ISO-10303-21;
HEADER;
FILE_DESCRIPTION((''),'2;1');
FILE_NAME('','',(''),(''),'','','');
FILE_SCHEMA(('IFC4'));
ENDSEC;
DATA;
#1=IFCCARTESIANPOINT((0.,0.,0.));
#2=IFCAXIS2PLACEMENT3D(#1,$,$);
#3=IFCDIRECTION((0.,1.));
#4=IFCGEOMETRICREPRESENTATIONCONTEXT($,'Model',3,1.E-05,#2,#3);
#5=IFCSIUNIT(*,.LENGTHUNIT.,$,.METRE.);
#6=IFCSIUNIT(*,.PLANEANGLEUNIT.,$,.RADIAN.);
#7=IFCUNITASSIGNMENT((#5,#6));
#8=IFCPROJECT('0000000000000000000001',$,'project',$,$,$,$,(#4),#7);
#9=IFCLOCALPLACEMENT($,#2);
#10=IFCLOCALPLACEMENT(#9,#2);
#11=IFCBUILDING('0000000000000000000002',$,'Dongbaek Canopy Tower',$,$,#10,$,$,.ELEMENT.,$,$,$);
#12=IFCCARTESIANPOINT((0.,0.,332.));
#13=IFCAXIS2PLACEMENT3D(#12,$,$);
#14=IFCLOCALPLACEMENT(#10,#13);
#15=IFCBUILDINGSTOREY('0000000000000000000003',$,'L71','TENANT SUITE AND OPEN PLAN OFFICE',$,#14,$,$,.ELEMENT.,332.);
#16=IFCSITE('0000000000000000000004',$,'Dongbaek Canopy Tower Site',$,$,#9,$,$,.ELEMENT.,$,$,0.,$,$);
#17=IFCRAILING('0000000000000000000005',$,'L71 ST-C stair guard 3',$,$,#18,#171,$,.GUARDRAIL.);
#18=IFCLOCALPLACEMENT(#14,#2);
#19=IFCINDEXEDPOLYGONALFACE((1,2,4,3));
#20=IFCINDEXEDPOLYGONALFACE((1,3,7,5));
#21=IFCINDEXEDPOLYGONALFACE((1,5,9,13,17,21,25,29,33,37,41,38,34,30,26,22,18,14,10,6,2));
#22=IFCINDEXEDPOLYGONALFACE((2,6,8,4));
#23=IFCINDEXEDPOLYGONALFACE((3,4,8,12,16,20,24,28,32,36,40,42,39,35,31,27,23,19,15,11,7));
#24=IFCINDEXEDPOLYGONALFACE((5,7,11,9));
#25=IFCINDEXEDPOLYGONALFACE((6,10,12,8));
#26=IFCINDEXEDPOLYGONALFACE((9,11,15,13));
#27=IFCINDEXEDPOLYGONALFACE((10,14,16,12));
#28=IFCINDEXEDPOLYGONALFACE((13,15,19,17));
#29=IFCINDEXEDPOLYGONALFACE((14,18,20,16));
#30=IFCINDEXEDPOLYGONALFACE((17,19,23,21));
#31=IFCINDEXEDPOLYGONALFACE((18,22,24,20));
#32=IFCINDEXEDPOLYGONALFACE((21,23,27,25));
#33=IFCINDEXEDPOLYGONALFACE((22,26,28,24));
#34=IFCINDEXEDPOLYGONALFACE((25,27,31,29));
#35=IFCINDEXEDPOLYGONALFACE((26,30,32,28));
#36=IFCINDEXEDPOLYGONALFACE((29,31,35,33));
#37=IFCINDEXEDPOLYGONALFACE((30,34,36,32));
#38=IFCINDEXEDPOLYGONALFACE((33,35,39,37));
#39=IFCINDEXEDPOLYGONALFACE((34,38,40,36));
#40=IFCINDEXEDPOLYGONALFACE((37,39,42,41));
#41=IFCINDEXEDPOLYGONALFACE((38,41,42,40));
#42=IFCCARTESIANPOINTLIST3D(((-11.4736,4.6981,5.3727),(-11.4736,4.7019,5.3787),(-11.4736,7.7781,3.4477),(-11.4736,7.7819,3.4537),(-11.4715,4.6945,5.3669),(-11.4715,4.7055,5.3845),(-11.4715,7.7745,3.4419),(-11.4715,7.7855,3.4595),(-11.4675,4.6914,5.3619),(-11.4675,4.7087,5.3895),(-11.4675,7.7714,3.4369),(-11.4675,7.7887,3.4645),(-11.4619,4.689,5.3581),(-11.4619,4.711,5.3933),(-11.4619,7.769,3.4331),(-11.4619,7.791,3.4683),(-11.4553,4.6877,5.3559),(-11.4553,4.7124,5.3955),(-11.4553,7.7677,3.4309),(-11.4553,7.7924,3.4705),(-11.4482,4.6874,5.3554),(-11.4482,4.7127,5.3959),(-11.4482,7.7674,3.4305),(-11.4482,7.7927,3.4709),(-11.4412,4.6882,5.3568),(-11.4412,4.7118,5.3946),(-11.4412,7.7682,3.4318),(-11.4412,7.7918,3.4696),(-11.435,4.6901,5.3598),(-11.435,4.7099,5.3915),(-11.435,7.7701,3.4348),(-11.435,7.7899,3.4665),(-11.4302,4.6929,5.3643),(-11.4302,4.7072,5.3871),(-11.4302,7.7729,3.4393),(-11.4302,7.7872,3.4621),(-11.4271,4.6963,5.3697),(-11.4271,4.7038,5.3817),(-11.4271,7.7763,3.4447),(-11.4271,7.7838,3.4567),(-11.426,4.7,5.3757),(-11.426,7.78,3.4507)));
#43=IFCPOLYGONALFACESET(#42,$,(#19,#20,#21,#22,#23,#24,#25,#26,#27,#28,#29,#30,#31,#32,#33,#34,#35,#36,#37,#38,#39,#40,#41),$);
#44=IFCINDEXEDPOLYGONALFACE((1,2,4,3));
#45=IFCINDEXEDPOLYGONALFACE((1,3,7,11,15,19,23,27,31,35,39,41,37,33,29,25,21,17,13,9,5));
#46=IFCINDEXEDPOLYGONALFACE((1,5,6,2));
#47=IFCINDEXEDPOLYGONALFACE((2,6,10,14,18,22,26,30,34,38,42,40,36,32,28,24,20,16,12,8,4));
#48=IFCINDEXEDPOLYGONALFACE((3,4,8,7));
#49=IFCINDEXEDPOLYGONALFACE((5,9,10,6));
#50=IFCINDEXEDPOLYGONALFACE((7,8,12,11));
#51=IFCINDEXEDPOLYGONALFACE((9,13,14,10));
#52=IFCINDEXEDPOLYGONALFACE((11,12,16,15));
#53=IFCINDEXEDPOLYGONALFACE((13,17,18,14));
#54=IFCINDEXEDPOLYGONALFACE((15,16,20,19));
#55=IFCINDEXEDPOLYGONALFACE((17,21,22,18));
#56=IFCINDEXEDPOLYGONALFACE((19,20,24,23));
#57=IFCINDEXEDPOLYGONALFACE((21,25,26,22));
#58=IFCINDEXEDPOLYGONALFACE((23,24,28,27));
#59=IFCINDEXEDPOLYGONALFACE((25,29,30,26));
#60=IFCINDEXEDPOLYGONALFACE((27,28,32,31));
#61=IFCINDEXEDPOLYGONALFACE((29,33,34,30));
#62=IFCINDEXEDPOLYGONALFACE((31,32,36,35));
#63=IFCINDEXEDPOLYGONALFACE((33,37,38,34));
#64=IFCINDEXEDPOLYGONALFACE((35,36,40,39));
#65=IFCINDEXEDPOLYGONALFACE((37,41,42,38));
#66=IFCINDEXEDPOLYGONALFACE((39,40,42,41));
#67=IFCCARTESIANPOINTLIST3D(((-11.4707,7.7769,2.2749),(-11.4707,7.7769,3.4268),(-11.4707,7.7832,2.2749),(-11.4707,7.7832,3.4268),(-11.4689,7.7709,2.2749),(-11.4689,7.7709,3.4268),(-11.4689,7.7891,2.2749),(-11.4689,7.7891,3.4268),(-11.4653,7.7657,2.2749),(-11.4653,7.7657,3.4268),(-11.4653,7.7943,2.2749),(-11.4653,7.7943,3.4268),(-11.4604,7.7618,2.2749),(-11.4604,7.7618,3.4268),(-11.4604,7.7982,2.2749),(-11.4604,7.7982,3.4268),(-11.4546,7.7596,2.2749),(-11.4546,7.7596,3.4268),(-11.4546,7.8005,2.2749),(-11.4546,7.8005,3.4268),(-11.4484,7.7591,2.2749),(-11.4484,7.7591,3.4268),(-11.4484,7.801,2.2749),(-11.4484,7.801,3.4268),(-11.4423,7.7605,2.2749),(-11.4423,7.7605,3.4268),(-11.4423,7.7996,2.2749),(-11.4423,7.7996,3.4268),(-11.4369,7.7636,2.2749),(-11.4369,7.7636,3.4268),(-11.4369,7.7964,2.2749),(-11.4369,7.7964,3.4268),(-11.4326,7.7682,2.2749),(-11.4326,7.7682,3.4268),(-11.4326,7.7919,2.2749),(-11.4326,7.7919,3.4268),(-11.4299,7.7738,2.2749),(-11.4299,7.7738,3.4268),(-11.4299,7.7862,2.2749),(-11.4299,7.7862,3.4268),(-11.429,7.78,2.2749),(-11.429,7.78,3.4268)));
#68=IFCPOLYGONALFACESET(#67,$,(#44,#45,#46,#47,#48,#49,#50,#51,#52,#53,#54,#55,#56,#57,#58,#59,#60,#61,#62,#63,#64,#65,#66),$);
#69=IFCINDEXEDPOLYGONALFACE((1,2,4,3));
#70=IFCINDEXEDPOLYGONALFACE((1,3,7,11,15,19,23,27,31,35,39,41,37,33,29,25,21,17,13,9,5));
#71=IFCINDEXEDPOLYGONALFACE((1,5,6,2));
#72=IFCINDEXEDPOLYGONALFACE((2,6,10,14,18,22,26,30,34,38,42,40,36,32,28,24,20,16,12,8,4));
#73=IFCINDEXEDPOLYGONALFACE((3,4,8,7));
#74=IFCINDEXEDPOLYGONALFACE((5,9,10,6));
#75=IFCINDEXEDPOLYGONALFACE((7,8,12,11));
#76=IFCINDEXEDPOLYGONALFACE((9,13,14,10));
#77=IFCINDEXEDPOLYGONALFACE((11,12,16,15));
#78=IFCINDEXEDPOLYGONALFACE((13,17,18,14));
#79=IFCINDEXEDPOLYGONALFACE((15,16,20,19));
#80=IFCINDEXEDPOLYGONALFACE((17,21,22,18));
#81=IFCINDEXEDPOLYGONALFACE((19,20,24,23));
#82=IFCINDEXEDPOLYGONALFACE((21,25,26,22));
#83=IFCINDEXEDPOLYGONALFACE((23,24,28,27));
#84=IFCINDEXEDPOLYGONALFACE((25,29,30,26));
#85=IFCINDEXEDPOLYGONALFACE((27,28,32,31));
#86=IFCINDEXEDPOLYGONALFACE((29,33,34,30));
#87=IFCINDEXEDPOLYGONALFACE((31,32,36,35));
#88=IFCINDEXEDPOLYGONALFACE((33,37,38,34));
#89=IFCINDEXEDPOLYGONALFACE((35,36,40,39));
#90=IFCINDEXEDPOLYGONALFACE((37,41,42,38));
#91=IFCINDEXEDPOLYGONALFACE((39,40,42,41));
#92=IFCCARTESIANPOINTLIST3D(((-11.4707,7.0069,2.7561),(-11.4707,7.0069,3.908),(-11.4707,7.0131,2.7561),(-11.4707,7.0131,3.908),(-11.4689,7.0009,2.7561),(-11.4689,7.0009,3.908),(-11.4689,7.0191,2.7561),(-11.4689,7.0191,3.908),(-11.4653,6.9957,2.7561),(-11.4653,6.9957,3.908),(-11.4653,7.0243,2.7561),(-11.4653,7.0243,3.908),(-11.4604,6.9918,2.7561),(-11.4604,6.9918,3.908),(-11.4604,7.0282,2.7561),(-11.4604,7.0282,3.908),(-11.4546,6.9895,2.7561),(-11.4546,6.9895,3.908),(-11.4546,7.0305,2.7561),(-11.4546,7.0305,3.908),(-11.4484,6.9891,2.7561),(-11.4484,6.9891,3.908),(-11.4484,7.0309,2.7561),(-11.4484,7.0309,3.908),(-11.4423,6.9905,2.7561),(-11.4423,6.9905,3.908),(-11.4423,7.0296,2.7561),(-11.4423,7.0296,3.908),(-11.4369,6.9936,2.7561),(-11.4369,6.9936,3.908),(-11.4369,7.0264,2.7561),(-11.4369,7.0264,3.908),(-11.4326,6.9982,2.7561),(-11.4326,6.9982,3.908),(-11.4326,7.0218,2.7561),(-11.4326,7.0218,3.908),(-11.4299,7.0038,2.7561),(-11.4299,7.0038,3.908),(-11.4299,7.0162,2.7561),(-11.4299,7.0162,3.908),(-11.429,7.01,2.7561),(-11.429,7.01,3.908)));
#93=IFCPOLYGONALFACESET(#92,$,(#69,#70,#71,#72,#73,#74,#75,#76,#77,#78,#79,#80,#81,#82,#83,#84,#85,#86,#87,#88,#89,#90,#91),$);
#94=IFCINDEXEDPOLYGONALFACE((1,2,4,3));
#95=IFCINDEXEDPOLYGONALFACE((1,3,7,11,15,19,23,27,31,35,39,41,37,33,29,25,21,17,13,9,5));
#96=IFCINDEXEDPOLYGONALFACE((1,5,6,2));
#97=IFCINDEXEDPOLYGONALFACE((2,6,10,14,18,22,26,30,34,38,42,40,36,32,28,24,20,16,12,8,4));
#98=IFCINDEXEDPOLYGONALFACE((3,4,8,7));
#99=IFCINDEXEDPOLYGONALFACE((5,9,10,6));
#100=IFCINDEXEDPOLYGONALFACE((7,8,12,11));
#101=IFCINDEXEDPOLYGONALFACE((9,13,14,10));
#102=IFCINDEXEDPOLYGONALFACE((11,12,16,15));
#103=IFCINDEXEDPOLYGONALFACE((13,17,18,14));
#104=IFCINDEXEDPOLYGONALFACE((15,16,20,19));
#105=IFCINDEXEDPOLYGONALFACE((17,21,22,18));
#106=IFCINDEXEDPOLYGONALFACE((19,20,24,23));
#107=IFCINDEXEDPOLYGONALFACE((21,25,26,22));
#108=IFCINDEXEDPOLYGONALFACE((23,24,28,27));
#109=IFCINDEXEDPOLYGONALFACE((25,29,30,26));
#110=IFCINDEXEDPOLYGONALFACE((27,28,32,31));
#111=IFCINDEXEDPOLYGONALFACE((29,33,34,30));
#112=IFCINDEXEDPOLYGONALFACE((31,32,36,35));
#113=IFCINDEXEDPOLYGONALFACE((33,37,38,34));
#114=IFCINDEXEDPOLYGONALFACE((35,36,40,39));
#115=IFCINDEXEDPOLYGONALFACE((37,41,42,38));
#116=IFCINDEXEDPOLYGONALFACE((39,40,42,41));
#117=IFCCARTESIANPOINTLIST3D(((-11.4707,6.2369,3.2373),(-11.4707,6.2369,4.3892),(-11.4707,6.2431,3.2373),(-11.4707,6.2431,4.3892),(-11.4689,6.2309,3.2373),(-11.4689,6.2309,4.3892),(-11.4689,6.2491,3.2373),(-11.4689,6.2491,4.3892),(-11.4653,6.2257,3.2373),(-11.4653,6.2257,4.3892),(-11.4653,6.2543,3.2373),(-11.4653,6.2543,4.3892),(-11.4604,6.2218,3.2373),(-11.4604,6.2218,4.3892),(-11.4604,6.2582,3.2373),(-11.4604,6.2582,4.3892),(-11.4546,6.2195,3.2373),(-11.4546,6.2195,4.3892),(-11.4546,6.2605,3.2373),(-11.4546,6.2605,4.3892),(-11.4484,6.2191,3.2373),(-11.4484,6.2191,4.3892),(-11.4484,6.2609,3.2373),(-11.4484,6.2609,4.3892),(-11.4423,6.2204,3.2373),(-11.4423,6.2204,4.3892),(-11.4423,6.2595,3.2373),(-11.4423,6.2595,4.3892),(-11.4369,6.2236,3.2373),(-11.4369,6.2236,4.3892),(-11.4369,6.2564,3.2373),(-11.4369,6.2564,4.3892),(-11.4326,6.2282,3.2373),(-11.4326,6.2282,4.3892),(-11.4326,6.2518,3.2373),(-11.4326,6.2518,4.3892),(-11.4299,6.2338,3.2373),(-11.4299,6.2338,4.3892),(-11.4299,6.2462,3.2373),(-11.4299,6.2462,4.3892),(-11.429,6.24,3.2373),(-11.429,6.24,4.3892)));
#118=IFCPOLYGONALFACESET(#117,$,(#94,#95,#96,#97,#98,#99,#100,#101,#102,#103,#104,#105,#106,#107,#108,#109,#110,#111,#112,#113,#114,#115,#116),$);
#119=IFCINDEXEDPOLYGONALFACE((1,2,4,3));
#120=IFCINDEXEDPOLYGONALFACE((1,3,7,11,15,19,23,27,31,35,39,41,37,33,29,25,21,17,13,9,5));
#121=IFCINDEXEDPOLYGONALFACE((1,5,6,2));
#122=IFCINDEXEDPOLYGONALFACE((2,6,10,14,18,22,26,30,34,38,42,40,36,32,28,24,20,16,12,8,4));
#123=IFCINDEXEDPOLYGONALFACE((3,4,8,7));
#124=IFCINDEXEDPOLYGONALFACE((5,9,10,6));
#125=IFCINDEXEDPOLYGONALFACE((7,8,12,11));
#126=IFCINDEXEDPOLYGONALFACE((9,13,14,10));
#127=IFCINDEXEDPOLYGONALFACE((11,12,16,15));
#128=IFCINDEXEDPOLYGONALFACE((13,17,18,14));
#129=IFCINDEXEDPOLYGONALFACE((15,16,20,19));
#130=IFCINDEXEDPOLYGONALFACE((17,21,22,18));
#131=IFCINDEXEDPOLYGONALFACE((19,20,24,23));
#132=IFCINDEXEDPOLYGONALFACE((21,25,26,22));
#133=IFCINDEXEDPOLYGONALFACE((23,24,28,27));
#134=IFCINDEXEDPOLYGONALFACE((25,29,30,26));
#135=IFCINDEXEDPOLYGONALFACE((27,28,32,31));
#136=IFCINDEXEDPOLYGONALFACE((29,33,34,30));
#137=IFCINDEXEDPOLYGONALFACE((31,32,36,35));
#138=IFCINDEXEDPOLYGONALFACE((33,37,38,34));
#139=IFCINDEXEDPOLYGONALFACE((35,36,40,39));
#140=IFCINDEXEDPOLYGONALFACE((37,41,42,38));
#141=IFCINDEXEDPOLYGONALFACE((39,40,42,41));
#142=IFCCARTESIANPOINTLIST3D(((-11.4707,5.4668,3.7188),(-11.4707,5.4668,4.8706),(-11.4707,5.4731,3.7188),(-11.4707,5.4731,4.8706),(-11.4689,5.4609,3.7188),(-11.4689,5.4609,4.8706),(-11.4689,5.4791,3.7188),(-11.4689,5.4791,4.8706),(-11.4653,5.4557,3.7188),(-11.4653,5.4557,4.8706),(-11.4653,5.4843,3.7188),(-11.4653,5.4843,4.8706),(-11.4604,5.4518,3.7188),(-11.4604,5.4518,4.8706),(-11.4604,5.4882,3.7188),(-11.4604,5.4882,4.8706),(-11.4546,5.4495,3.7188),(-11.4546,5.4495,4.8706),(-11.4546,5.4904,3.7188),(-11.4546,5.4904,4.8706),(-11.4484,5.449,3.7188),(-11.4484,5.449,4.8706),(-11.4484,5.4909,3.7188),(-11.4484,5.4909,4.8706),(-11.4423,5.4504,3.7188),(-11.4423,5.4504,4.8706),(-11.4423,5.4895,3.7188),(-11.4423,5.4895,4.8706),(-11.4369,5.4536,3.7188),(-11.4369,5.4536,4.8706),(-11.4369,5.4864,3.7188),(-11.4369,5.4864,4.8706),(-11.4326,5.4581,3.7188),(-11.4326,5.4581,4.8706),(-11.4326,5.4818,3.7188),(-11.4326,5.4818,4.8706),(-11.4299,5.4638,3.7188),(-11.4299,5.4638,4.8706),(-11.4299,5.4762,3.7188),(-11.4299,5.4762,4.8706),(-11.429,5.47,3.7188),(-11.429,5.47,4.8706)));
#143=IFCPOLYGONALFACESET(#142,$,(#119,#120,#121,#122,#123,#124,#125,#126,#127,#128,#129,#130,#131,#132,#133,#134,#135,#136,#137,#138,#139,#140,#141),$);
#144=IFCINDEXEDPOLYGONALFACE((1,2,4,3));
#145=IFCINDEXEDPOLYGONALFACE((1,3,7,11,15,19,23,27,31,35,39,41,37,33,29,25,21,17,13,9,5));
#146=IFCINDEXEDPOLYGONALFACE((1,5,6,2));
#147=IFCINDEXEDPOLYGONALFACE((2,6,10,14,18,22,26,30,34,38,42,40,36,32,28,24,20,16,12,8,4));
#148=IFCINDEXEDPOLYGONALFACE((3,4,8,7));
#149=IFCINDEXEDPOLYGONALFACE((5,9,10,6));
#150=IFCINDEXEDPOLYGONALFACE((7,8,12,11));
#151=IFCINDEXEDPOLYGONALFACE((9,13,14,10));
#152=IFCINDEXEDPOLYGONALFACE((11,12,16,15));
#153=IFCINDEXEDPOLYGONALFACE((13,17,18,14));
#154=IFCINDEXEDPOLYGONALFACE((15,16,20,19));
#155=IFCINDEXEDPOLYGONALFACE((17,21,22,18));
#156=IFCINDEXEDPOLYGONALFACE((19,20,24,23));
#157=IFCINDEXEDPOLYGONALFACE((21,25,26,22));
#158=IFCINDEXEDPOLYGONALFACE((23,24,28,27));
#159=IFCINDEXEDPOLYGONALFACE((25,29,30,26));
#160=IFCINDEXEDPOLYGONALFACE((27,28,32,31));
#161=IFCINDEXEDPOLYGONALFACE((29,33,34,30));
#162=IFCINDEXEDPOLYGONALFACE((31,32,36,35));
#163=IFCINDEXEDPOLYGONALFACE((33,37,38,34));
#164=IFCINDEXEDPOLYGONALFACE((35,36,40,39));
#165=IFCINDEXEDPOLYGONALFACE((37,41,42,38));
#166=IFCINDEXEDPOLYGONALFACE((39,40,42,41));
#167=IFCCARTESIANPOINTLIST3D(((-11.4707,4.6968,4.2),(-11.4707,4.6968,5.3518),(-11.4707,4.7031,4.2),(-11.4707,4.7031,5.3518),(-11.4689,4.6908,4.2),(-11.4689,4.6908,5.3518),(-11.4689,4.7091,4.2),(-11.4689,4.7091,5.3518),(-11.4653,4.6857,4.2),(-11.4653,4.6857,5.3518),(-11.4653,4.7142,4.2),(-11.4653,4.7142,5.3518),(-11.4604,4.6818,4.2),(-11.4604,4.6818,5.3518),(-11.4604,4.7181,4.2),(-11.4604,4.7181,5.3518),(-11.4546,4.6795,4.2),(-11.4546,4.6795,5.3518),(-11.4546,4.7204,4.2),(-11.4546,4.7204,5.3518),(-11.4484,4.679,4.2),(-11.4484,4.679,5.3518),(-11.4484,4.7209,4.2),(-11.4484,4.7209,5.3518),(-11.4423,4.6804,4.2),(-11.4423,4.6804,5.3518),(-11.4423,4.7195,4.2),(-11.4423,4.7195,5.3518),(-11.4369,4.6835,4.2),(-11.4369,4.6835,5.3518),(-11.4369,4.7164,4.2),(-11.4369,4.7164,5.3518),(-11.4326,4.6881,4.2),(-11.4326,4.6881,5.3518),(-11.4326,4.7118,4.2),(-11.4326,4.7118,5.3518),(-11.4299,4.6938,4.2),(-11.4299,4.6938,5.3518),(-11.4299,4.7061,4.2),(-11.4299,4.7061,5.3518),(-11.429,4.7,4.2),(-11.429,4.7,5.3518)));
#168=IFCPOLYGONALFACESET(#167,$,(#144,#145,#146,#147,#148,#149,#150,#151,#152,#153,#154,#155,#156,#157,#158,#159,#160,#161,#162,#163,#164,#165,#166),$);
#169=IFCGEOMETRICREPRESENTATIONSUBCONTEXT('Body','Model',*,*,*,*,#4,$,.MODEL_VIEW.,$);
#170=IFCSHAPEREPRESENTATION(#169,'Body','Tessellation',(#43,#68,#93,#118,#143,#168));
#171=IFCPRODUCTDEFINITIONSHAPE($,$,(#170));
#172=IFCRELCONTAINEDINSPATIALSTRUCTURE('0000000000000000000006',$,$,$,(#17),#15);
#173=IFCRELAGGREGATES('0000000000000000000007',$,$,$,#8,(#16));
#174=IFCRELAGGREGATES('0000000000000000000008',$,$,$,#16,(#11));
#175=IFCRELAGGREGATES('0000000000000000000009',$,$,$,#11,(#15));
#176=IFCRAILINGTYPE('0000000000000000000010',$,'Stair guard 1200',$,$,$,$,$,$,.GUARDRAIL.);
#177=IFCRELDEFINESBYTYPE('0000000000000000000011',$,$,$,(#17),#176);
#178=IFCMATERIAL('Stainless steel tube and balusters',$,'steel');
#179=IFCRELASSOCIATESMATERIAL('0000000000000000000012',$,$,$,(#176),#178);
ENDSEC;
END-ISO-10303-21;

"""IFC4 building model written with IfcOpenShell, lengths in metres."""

from ifc_helpers import new_model, si_unit, direction, frame, origin, origin_2d, place, context, subcontext, project, spatial, circle, extrude, material, type_object, element, save


model = new_model("IFC4")

# Units and contexts
model_context = context("Model", 3, precision=1e-05, world=origin(), true_north=direction((0.0, 1.0)))
body_context = subcontext(model_context, "Body", "Model", "MODEL_VIEW")
ifc_project = project(units=[si_unit("LENGTHUNIT", "METRE"), si_unit("PLANEANGLEUNIT", "RADIAN")], contexts=[model_context])

# Site, building, storey
site_placement = place(None, origin())
site = spatial("IfcSite", under=ifc_project, at=site_placement, Name="Dongbaek Canopy Tower Site", CompositionType="ELEMENT", RefElevation=0.0)
building_placement = place(site_placement, origin())
building = spatial("IfcBuilding", under=site, at=building_placement, Name="Dongbaek Canopy Tower", CompositionType="ELEMENT")
storey_placement = place(building_placement, frame((0.0, 0.0, 332.0)))
storey = spatial("IfcBuildingStorey", under=building, at=storey_placement, Name="L71", Description="TENANT SUITE AND OPEN PLAN OFFICE", CompositionType="ELEMENT", Elevation=332.0)

# Railing
ifc_material_1 = material(Name="Stainless steel tube and balusters", Category="steel")
railing_type_1 = type_object("IfcRailingType", Name="Stair guard 1200", PredefinedType="GUARDRAIL", material=ifc_material_1)
railing_1_placement = place(storey_placement, frame((-11.45, 7.78, 2.2749)))
element("IfcRailing", 1, at=railing_1_placement, inside=storey, type_object=railing_type_1, Name="L71 ST-C stair guard 3", PredefinedType="GUARDRAIL", context=body_context, shape_type="SweptSolid", body=[
    extrude(circle(Radius=0.0239, at=origin_2d()), frame((0.0, 0.0, 1.1758), z_axis=(0.0, -0.847998, 0.529999), x_axis=(1.0, 0.0, 0.0)), (0.0, 0.0, 1.0), 3.6321),
    extrude(circle(Radius=0.021, at=origin_2d()), origin(), (0.0, 0.0, 1.0), 1.1519),
    extrude(circle(Radius=0.021, at=origin_2d()), frame((0.0, -0.77, 0.4812)), (0.0, 0.0, 1.0), 1.1519),
    extrude(circle(Radius=0.021, at=origin_2d()), frame((0.0, -1.54, 0.9624)), (0.0, 0.0, 1.0), 1.1519),
    extrude(circle(Radius=0.021, at=origin_2d()), frame((0.0, -2.3101, 1.4438)), (0.0, 0.0, 1.0), 1.1519),
    extrude(circle(Radius=0.021, at=origin_2d()), frame((0.0, -3.0801, 1.925)), (0.0, 0.0, 1.0), 1.1519),
])

save(model, "model.ifc")
